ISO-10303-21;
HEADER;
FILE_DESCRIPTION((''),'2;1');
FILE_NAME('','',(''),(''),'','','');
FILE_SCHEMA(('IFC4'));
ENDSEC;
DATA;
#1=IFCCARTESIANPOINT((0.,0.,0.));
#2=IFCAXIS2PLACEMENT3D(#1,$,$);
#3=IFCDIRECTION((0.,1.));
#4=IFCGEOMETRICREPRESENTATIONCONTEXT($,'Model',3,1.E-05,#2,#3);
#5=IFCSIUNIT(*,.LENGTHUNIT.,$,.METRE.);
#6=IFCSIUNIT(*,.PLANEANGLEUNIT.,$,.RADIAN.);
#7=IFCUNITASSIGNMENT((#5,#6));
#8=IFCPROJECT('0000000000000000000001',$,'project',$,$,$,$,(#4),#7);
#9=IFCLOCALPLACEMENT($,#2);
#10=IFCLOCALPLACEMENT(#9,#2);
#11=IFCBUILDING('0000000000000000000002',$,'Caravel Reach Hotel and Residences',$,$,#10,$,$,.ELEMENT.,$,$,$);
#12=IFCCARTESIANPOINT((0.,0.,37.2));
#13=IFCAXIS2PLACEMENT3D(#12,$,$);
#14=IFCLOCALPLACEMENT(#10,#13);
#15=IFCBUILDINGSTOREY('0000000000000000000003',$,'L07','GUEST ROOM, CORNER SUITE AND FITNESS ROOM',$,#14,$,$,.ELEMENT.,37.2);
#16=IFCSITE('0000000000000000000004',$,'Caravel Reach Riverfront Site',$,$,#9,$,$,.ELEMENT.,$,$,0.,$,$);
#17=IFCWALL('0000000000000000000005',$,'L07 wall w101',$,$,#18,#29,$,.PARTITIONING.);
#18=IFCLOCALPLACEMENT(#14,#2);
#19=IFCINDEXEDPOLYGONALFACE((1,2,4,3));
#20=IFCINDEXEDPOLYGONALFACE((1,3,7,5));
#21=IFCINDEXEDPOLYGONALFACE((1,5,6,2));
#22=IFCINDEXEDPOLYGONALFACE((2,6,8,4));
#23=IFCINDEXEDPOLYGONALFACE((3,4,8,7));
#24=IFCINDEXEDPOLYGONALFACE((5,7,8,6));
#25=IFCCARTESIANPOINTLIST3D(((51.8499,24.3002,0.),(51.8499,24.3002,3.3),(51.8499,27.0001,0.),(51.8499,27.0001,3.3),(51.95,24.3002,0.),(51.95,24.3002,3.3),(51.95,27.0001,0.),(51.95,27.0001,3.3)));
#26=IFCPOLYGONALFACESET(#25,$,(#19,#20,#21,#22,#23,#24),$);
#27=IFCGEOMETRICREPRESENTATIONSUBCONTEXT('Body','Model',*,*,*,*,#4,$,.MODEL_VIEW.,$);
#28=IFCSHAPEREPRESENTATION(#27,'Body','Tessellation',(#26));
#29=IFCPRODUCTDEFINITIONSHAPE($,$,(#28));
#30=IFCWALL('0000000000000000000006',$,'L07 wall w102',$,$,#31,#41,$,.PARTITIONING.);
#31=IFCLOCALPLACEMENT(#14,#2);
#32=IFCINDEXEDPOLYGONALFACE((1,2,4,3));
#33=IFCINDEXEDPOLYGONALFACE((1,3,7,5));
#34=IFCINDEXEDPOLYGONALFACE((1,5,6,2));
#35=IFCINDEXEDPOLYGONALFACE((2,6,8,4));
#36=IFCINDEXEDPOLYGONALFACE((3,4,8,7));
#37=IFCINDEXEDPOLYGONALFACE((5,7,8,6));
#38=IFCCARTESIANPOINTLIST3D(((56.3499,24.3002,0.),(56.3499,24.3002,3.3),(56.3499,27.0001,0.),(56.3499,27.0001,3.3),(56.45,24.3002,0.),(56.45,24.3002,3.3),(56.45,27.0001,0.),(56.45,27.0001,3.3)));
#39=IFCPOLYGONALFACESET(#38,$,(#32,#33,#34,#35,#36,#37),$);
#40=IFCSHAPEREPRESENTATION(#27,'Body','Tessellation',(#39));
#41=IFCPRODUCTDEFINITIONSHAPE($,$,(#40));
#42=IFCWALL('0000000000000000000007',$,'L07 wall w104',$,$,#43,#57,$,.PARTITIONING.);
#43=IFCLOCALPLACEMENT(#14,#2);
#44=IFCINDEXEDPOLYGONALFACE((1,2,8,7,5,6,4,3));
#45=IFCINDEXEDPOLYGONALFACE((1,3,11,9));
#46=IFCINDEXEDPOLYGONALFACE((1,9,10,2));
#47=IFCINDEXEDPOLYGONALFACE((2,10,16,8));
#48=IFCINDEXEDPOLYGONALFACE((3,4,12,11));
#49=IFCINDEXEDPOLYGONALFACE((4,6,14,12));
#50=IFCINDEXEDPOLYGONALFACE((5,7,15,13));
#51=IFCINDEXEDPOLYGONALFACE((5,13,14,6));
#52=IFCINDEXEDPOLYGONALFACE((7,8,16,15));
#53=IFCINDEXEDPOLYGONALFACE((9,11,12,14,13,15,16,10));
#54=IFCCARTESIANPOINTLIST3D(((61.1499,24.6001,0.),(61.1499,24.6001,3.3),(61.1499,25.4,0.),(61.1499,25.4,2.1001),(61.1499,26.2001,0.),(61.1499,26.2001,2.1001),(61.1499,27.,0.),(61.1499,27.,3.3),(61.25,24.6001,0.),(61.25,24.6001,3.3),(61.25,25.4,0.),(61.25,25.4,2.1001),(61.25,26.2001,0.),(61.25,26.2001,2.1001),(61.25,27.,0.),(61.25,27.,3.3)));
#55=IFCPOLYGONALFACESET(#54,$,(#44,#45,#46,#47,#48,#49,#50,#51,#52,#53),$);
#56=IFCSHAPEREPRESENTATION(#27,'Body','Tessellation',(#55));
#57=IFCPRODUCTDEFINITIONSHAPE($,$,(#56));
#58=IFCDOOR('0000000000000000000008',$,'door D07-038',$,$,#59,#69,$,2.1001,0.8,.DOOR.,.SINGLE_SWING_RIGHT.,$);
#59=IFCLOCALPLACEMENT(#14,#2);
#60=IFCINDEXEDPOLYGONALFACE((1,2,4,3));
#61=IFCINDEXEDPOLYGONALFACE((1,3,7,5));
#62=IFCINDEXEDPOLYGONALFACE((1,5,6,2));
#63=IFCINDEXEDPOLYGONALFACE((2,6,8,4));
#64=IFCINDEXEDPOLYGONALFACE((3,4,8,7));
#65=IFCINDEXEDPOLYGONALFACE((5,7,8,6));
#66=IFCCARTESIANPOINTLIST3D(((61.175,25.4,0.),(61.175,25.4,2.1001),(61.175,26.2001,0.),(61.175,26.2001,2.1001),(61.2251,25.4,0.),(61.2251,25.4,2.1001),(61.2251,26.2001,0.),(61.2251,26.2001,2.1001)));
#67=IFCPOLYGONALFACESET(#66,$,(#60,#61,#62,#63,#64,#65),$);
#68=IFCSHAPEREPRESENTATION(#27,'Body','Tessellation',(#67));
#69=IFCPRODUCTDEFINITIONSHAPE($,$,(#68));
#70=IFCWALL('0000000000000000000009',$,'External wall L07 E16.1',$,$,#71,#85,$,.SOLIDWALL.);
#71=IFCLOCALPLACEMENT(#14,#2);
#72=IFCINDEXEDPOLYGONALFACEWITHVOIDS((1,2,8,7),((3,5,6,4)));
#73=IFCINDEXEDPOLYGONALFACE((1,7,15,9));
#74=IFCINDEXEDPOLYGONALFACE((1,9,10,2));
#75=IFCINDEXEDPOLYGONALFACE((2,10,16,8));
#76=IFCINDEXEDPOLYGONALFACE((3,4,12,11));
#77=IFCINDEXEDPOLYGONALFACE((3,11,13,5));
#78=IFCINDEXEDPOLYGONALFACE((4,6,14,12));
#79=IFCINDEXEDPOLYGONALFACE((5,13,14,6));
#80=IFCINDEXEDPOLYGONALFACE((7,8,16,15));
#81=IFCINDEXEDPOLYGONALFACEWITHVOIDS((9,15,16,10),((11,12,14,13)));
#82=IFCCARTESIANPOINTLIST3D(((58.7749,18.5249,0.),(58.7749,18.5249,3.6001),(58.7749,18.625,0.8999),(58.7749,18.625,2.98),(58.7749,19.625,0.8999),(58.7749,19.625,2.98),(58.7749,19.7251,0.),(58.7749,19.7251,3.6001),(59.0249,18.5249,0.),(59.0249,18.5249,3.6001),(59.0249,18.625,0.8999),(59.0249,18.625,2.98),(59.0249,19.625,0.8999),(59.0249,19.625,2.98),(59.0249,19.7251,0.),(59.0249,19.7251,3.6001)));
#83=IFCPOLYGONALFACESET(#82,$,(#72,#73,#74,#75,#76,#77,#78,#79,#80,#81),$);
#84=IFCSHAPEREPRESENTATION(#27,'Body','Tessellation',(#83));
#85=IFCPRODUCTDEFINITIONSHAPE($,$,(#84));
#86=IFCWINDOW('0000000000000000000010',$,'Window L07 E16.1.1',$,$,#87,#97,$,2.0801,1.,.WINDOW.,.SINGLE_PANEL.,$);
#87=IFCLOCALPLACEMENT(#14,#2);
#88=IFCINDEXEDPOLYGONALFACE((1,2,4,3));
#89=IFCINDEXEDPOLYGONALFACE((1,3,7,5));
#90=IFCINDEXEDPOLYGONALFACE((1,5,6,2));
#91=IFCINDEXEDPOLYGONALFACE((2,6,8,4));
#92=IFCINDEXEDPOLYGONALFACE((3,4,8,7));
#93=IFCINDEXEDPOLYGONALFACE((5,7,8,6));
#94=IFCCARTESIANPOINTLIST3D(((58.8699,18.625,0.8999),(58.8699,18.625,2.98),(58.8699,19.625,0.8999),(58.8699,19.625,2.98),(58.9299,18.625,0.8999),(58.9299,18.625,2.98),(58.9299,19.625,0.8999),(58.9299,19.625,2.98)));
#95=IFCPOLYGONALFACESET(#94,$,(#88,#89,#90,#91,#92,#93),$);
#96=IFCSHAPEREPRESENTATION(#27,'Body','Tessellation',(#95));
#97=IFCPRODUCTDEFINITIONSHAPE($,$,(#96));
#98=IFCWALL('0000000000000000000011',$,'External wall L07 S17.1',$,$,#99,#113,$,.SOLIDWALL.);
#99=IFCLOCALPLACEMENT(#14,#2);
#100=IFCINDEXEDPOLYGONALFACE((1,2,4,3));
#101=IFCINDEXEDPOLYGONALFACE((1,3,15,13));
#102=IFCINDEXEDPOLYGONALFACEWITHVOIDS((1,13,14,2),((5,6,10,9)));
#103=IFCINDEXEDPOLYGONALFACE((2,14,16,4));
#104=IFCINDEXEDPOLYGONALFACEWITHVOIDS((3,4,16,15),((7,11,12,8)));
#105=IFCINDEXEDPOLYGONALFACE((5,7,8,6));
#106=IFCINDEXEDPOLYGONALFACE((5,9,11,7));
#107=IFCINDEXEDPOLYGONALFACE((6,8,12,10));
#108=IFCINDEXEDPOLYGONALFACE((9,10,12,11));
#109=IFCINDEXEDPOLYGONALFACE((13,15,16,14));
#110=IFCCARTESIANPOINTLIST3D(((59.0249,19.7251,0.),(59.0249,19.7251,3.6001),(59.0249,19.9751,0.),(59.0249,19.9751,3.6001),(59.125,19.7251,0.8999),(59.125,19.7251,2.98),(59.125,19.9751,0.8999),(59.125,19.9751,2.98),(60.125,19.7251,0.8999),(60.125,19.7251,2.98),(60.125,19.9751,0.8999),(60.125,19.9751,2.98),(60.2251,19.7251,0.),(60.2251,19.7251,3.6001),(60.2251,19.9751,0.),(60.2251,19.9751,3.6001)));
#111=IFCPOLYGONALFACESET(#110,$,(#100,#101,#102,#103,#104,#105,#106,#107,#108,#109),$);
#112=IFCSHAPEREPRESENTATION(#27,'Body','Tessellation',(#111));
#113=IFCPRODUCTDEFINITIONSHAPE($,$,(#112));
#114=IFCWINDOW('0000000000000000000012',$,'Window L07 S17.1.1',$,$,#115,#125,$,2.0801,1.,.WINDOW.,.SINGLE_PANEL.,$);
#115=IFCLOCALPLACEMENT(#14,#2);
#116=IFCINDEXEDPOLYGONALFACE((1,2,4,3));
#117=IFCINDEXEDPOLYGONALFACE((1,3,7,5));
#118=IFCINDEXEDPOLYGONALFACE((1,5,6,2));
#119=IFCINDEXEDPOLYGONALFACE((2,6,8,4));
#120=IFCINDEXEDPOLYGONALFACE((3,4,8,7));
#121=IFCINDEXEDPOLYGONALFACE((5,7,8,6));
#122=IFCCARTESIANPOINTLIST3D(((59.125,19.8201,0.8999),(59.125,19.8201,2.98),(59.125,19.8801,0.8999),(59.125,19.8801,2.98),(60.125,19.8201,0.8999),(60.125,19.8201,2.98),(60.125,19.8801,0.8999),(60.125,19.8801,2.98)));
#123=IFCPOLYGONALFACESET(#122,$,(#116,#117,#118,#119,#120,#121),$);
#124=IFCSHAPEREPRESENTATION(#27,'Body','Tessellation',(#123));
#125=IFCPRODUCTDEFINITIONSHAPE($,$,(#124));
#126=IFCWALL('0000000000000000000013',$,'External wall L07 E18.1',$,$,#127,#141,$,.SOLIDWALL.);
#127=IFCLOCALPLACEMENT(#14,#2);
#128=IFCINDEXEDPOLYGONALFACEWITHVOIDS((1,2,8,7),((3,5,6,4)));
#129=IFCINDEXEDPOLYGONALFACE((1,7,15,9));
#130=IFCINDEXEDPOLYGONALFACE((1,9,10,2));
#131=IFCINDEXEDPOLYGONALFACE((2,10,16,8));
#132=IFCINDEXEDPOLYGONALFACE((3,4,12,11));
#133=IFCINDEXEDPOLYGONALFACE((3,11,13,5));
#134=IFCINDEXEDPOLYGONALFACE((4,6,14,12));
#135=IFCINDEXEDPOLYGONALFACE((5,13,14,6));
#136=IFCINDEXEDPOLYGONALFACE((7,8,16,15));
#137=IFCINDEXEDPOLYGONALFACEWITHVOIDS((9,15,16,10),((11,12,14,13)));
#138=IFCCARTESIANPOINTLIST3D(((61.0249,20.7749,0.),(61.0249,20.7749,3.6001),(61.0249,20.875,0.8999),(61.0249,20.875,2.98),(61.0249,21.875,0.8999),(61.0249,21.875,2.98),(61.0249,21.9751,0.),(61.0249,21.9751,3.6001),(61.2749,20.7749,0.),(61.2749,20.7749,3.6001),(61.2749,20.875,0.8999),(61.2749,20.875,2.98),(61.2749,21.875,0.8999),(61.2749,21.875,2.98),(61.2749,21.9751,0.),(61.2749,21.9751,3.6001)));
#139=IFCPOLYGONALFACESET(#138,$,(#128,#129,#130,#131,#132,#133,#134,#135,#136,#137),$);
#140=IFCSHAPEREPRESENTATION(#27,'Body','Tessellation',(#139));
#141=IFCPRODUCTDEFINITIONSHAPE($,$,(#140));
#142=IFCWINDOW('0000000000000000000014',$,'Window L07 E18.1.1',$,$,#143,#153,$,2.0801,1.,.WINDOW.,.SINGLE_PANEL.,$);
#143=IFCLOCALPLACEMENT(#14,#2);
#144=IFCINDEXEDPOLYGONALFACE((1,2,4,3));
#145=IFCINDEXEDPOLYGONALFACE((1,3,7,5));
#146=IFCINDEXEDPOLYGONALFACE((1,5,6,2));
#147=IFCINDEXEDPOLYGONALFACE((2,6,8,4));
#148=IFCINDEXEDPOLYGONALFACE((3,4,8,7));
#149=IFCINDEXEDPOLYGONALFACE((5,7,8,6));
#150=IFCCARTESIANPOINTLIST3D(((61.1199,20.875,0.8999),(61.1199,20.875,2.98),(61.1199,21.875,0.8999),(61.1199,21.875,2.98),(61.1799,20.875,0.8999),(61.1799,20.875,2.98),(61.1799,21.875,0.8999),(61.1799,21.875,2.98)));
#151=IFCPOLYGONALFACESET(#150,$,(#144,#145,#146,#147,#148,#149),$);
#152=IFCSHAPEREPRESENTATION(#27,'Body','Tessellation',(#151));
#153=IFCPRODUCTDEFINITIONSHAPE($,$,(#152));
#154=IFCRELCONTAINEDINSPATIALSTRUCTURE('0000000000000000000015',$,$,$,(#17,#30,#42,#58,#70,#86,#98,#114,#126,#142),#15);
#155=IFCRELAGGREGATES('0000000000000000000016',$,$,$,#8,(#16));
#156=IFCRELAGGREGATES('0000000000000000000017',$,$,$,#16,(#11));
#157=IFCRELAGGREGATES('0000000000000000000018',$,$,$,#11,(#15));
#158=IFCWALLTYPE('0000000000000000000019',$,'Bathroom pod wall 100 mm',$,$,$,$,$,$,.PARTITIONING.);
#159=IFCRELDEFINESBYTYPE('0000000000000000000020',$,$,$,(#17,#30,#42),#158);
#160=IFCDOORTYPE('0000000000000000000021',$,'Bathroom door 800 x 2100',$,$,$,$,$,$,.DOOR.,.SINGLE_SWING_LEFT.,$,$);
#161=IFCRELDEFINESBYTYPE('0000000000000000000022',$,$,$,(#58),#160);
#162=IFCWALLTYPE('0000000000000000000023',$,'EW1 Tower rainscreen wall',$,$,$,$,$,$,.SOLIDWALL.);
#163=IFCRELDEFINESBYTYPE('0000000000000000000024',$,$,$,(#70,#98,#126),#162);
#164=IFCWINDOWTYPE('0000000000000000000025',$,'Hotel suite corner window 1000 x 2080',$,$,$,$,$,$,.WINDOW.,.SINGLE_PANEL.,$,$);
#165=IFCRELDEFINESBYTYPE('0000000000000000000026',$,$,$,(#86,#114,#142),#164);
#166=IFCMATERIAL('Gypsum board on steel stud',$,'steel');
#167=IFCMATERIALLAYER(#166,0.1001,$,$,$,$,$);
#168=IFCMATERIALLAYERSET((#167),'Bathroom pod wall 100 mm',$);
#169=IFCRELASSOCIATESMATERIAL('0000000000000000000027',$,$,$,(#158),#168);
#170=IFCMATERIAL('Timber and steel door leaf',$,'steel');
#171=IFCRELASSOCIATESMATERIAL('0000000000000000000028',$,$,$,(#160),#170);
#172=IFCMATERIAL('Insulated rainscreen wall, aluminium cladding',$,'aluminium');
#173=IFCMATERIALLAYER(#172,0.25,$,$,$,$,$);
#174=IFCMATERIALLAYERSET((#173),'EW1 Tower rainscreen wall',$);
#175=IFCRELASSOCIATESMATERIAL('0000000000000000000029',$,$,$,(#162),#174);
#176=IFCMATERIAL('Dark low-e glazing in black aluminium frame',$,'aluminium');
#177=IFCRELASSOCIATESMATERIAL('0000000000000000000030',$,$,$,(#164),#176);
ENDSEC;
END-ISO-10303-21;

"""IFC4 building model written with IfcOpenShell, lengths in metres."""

from ifc_helpers import new_model, si_unit, direction, frame, frame_2d, origin, place, context, subcontext, project, spatial, rectangle, extrude, material, layer, layer_set, type_object, element, fill, save


model = new_model("IFC4")

# Units and contexts
model_context = context("Model", 3, precision=1e-05, world=origin(), true_north=direction((0.0, 1.0)))
body_context = subcontext(model_context, "Body", "Model", "MODEL_VIEW")
ifc_project = project(units=[si_unit("LENGTHUNIT", "METRE"), si_unit("PLANEANGLEUNIT", "RADIAN")], contexts=[model_context])

# Site, building, storey
site_placement = place(None, origin())
site = spatial("IfcSite", under=ifc_project, at=site_placement, Name="Caravel Reach Riverfront Site", CompositionType="ELEMENT", RefElevation=0.0)
building_placement = place(site_placement, origin())
building = spatial("IfcBuilding", under=site, at=building_placement, Name="Caravel Reach Hotel and Residences", CompositionType="ELEMENT")
storey_placement = place(building_placement, frame((0.0, 0.0, 37.2)))
storey = spatial("IfcBuildingStorey", under=building, at=storey_placement, Name="L07", Description="GUEST ROOM, CORNER SUITE AND FITNESS ROOM", CompositionType="ELEMENT", Elevation=37.2)

# Shared definitions
ifc_material_1 = material(Name="Gypsum board on steel stud", Category="steel")
ifc_layer_1 = layer(ifc_material_1, 0.1001)
ifc_layer_set_1 = layer_set([ifc_layer_1], Name="Bathroom pod wall 100 mm")
wall_type_1 = type_object("IfcWallType", Name="Bathroom pod wall 100 mm", PredefinedType="PARTITIONING", material=ifc_layer_set_1)
ifc_material_2 = material(Name="Timber and steel door leaf", Category="steel")
door_type = type_object("IfcDoorType", Name="Bathroom door 800 x 2100", OperationType="SINGLE_SWING_LEFT", PredefinedType="DOOR", material=ifc_material_2)

# Walls
for number, where, z_axis, x_axis, name in (
    (1, (51.8999, 24.3, 0.0), (0.0, 0.0, 1.0), (0.0, 1.0, 0.0), "L07 wall w101"),
    (2, (56.3999, 24.3, 0.0), (0.0, 0.0, 1.0), (0.0, 1.0, 0.0), "L07 wall w102"),
):
    element("IfcWall", number, at=place(storey_placement, frame(where, z_axis=z_axis, x_axis=x_axis)), inside=storey, type_object=wall_type_1, Name=name, PredefinedType="PARTITIONING", context=body_context, shape_type="SweptSolid", body=[
        extrude(rectangle(XDim=2.7, YDim=0.1001, at=frame_2d((1.3501, 0.0))), origin(), (0.0, 0.0, 1.0), 3.3),
    ])

# Wall, opening, door
wall_1_placement = place(storey_placement, frame((61.2, 24.6001, 0.0), z_axis=(0.0, 0.0, 1.0), x_axis=(0.0, 1.0, 0.0)))
wall_1 = element("IfcWall", 3, at=wall_1_placement, inside=storey, type_object=wall_type_1, Name="L07 wall w104", PredefinedType="PARTITIONING", context=body_context, shape_type="SweptSolid", body=[
    extrude(rectangle(XDim=2.3999, YDim=0.1001, at=frame_2d((1.2, 0.0))), origin(), (0.0, 0.0, 1.0), 3.3),
])
opening_1_placement = place(wall_1_placement, frame((0.8, 0.0, 0.0)))
opening_1 = element("IfcOpeningElement", 4, at=opening_1_placement, cuts=wall_1, PredefinedType="OPENING", context=body_context, shape_type="SweptSolid", body=[
    extrude(rectangle(XDim=0.8, YDim=2.1001, at=frame_2d((0.3999, 1.05))), frame((0.0, 0.0601, 0.0), z_axis=(0.0, -1.0, 0.0), x_axis=(1.0, 0.0, 0.0)), (0.0, 0.0, 1.0), 0.1201),
])
door_1_placement = place(opening_1_placement, origin())
door_1 = element("IfcDoor", 5, at=door_1_placement, inside=storey, type_object=door_type, Name="door D07-038", OperationType="SINGLE_SWING_RIGHT", OverallHeight=2.1001, OverallWidth=0.8, PredefinedType="DOOR", context=body_context, shape_type="SweptSolid", body=[
    extrude(rectangle(XDim=0.8, YDim=2.1001, at=frame_2d((0.3999, 1.05))), frame((0.0, 0.0249, 0.0), z_axis=(0.0, -1.0, 0.0), x_axis=(1.0, 0.0, 0.0)), (0.0, 0.0, 1.0), 0.05),
])
fill(opening_1, door_1)

# Walls, openings, windows
ifc_material_3 = material(Name="Insulated rainscreen wall, aluminium cladding", Category="aluminium")
ifc_layer_2 = layer(ifc_material_3, 0.25)
ifc_layer_set_2 = layer_set([ifc_layer_2], Name="EW1 Tower rainscreen wall")
wall_type_2 = type_object("IfcWallType", Name="EW1 Tower rainscreen wall", PredefinedType="SOLIDWALL", material=ifc_layer_set_2)
wall_2_placement = place(storey_placement, frame((58.8999, 18.5249, 0.0), z_axis=(0.0, 0.0, 1.0), x_axis=(0.0, 1.0, 0.0)))
wall_2 = element("IfcWall", 6, at=wall_2_placement, inside=storey, type_object=wall_type_2, Name="External wall L07 E16.1", PredefinedType="SOLIDWALL", context=body_context, shape_type="SweptSolid", body=[
    extrude(rectangle(XDim=1.2002, YDim=0.25, at=frame_2d((0.6001, 0.0))), origin(), (0.0, 0.0, 1.0), 3.6001),
])
opening_2_placement = place(wall_2_placement, frame((0.1001, 0.0, 0.8999)))
opening_2 = element("IfcOpeningElement", 7, at=opening_2_placement, cuts=wall_2, PredefinedType="OPENING", context=body_context, shape_type="SweptSolid", body=[
    extrude(rectangle(XDim=1.0, YDim=2.0801, at=frame_2d((0.5, 1.04))), frame((0.0, 0.135, 0.0), z_axis=(0.0, -1.0, 0.0), x_axis=(1.0, 0.0, 0.0)), (0.0, 0.0, 1.0), 0.27),
])
ifc_material_4 = material(Name="Dark low-e glazing in black aluminium frame", Category="aluminium")
window_type_1 = type_object("IfcWindowType", Name="Hotel suite corner window 1000 x 2080", PartitioningType="SINGLE_PANEL", PredefinedType="WINDOW", material=ifc_material_4)
window_1_placement = place(opening_2_placement, origin())
window_1 = element("IfcWindow", 8, at=window_1_placement, inside=storey, type_object=window_type_1, Name="Window L07 E16.1.1", OverallHeight=2.0801, OverallWidth=1.0, PartitioningType="SINGLE_PANEL", PredefinedType="WINDOW", context=body_context, shape_type="SweptSolid", body=[
    extrude(rectangle(XDim=1.0, YDim=2.0801, at=frame_2d((0.5, 1.04))), frame((0.0, 0.03, 0.0), z_axis=(0.0, -1.0, 0.0), x_axis=(1.0, 0.0, 0.0)), (0.0, 0.0, 1.0), 0.0601),
])
fill(opening_2, window_1)
wall_3_placement = place(storey_placement, frame((59.0249, 19.8501, 0.0), z_axis=(0.0, 0.0, 1.0), x_axis=(1.0, 0.0, 0.0)))
wall_3 = element("IfcWall", 9, at=wall_3_placement, inside=storey, type_object=wall_type_2, Name="External wall L07 S17.1", PredefinedType="SOLIDWALL", context=body_context, shape_type="SweptSolid", body=[
    extrude(rectangle(XDim=1.2002, YDim=0.25, at=frame_2d((0.6001, 0.0))), origin(), (0.0, 0.0, 1.0), 3.6001),
])
opening_3_placement = place(wall_3_placement, frame((0.1001, 0.0, 0.8999)))
opening_3 = element("IfcOpeningElement", 10, at=opening_3_placement, cuts=wall_3, PredefinedType="OPENING", context=body_context, shape_type="SweptSolid", body=[
    extrude(rectangle(XDim=1.0, YDim=2.0801, at=frame_2d((0.5, 1.04))), frame((0.0, 0.135, 0.0), z_axis=(0.0, -1.0, 0.0), x_axis=(1.0, 0.0, 0.0)), (0.0, 0.0, 1.0), 0.27),
])
window_2_placement = place(opening_3_placement, origin())
window_2 = element("IfcWindow", 11, at=window_2_placement, inside=storey, type_object=window_type_1, Name="Window L07 S17.1.1", OverallHeight=2.0801, OverallWidth=1.0, PartitioningType="SINGLE_PANEL", PredefinedType="WINDOW", context=body_context, shape_type="SweptSolid", body=[
    extrude(rectangle(XDim=1.0, YDim=2.0801, at=frame_2d((0.5, 1.04))), frame((0.0, 0.03, 0.0), z_axis=(0.0, -1.0, 0.0), x_axis=(1.0, 0.0, 0.0)), (0.0, 0.0, 1.0), 0.0601),
])
fill(opening_3, window_2)
wall_4_placement = place(storey_placement, frame((61.1499, 20.7749, 0.0), z_axis=(0.0, 0.0, 1.0), x_axis=(0.0, 1.0, 0.0)))
wall_4 = element("IfcWall", 12, at=wall_4_placement, inside=storey, type_object=wall_type_2, Name="External wall L07 E18.1", PredefinedType="SOLIDWALL", context=body_context, shape_type="SweptSolid", body=[
    extrude(rectangle(XDim=1.2002, YDim=0.25, at=frame_2d((0.6001, 0.0))), origin(), (0.0, 0.0, 1.0), 3.6001),
])
opening_4_placement = place(wall_4_placement, frame((0.1001, 0.0, 0.8999)))
opening_4 = element("IfcOpeningElement", 13, at=opening_4_placement, cuts=wall_4, PredefinedType="OPENING", context=body_context, shape_type="SweptSolid", body=[
    extrude(rectangle(XDim=1.0, YDim=2.0801, at=frame_2d((0.5, 1.04))), frame((0.0, 0.135, 0.0), z_axis=(0.0, -1.0, 0.0), x_axis=(1.0, 0.0, 0.0)), (0.0, 0.0, 1.0), 0.27),
])
window_3_placement = place(opening_4_placement, origin())
window_3 = element("IfcWindow", 14, at=window_3_placement, inside=storey, type_object=window_type_1, Name="Window L07 E18.1.1", OverallHeight=2.0801, OverallWidth=1.0, PartitioningType="SINGLE_PANEL", PredefinedType="WINDOW", context=body_context, shape_type="SweptSolid", body=[
    extrude(rectangle(XDim=1.0, YDim=2.0801, at=frame_2d((0.5, 1.04))), frame((0.0, 0.03, 0.0), z_axis=(0.0, -1.0, 0.0), x_axis=(1.0, 0.0, 0.0)), (0.0, 0.0, 1.0), 0.0601),
])
fill(opening_4, window_3)

save(model, "model.ifc")
